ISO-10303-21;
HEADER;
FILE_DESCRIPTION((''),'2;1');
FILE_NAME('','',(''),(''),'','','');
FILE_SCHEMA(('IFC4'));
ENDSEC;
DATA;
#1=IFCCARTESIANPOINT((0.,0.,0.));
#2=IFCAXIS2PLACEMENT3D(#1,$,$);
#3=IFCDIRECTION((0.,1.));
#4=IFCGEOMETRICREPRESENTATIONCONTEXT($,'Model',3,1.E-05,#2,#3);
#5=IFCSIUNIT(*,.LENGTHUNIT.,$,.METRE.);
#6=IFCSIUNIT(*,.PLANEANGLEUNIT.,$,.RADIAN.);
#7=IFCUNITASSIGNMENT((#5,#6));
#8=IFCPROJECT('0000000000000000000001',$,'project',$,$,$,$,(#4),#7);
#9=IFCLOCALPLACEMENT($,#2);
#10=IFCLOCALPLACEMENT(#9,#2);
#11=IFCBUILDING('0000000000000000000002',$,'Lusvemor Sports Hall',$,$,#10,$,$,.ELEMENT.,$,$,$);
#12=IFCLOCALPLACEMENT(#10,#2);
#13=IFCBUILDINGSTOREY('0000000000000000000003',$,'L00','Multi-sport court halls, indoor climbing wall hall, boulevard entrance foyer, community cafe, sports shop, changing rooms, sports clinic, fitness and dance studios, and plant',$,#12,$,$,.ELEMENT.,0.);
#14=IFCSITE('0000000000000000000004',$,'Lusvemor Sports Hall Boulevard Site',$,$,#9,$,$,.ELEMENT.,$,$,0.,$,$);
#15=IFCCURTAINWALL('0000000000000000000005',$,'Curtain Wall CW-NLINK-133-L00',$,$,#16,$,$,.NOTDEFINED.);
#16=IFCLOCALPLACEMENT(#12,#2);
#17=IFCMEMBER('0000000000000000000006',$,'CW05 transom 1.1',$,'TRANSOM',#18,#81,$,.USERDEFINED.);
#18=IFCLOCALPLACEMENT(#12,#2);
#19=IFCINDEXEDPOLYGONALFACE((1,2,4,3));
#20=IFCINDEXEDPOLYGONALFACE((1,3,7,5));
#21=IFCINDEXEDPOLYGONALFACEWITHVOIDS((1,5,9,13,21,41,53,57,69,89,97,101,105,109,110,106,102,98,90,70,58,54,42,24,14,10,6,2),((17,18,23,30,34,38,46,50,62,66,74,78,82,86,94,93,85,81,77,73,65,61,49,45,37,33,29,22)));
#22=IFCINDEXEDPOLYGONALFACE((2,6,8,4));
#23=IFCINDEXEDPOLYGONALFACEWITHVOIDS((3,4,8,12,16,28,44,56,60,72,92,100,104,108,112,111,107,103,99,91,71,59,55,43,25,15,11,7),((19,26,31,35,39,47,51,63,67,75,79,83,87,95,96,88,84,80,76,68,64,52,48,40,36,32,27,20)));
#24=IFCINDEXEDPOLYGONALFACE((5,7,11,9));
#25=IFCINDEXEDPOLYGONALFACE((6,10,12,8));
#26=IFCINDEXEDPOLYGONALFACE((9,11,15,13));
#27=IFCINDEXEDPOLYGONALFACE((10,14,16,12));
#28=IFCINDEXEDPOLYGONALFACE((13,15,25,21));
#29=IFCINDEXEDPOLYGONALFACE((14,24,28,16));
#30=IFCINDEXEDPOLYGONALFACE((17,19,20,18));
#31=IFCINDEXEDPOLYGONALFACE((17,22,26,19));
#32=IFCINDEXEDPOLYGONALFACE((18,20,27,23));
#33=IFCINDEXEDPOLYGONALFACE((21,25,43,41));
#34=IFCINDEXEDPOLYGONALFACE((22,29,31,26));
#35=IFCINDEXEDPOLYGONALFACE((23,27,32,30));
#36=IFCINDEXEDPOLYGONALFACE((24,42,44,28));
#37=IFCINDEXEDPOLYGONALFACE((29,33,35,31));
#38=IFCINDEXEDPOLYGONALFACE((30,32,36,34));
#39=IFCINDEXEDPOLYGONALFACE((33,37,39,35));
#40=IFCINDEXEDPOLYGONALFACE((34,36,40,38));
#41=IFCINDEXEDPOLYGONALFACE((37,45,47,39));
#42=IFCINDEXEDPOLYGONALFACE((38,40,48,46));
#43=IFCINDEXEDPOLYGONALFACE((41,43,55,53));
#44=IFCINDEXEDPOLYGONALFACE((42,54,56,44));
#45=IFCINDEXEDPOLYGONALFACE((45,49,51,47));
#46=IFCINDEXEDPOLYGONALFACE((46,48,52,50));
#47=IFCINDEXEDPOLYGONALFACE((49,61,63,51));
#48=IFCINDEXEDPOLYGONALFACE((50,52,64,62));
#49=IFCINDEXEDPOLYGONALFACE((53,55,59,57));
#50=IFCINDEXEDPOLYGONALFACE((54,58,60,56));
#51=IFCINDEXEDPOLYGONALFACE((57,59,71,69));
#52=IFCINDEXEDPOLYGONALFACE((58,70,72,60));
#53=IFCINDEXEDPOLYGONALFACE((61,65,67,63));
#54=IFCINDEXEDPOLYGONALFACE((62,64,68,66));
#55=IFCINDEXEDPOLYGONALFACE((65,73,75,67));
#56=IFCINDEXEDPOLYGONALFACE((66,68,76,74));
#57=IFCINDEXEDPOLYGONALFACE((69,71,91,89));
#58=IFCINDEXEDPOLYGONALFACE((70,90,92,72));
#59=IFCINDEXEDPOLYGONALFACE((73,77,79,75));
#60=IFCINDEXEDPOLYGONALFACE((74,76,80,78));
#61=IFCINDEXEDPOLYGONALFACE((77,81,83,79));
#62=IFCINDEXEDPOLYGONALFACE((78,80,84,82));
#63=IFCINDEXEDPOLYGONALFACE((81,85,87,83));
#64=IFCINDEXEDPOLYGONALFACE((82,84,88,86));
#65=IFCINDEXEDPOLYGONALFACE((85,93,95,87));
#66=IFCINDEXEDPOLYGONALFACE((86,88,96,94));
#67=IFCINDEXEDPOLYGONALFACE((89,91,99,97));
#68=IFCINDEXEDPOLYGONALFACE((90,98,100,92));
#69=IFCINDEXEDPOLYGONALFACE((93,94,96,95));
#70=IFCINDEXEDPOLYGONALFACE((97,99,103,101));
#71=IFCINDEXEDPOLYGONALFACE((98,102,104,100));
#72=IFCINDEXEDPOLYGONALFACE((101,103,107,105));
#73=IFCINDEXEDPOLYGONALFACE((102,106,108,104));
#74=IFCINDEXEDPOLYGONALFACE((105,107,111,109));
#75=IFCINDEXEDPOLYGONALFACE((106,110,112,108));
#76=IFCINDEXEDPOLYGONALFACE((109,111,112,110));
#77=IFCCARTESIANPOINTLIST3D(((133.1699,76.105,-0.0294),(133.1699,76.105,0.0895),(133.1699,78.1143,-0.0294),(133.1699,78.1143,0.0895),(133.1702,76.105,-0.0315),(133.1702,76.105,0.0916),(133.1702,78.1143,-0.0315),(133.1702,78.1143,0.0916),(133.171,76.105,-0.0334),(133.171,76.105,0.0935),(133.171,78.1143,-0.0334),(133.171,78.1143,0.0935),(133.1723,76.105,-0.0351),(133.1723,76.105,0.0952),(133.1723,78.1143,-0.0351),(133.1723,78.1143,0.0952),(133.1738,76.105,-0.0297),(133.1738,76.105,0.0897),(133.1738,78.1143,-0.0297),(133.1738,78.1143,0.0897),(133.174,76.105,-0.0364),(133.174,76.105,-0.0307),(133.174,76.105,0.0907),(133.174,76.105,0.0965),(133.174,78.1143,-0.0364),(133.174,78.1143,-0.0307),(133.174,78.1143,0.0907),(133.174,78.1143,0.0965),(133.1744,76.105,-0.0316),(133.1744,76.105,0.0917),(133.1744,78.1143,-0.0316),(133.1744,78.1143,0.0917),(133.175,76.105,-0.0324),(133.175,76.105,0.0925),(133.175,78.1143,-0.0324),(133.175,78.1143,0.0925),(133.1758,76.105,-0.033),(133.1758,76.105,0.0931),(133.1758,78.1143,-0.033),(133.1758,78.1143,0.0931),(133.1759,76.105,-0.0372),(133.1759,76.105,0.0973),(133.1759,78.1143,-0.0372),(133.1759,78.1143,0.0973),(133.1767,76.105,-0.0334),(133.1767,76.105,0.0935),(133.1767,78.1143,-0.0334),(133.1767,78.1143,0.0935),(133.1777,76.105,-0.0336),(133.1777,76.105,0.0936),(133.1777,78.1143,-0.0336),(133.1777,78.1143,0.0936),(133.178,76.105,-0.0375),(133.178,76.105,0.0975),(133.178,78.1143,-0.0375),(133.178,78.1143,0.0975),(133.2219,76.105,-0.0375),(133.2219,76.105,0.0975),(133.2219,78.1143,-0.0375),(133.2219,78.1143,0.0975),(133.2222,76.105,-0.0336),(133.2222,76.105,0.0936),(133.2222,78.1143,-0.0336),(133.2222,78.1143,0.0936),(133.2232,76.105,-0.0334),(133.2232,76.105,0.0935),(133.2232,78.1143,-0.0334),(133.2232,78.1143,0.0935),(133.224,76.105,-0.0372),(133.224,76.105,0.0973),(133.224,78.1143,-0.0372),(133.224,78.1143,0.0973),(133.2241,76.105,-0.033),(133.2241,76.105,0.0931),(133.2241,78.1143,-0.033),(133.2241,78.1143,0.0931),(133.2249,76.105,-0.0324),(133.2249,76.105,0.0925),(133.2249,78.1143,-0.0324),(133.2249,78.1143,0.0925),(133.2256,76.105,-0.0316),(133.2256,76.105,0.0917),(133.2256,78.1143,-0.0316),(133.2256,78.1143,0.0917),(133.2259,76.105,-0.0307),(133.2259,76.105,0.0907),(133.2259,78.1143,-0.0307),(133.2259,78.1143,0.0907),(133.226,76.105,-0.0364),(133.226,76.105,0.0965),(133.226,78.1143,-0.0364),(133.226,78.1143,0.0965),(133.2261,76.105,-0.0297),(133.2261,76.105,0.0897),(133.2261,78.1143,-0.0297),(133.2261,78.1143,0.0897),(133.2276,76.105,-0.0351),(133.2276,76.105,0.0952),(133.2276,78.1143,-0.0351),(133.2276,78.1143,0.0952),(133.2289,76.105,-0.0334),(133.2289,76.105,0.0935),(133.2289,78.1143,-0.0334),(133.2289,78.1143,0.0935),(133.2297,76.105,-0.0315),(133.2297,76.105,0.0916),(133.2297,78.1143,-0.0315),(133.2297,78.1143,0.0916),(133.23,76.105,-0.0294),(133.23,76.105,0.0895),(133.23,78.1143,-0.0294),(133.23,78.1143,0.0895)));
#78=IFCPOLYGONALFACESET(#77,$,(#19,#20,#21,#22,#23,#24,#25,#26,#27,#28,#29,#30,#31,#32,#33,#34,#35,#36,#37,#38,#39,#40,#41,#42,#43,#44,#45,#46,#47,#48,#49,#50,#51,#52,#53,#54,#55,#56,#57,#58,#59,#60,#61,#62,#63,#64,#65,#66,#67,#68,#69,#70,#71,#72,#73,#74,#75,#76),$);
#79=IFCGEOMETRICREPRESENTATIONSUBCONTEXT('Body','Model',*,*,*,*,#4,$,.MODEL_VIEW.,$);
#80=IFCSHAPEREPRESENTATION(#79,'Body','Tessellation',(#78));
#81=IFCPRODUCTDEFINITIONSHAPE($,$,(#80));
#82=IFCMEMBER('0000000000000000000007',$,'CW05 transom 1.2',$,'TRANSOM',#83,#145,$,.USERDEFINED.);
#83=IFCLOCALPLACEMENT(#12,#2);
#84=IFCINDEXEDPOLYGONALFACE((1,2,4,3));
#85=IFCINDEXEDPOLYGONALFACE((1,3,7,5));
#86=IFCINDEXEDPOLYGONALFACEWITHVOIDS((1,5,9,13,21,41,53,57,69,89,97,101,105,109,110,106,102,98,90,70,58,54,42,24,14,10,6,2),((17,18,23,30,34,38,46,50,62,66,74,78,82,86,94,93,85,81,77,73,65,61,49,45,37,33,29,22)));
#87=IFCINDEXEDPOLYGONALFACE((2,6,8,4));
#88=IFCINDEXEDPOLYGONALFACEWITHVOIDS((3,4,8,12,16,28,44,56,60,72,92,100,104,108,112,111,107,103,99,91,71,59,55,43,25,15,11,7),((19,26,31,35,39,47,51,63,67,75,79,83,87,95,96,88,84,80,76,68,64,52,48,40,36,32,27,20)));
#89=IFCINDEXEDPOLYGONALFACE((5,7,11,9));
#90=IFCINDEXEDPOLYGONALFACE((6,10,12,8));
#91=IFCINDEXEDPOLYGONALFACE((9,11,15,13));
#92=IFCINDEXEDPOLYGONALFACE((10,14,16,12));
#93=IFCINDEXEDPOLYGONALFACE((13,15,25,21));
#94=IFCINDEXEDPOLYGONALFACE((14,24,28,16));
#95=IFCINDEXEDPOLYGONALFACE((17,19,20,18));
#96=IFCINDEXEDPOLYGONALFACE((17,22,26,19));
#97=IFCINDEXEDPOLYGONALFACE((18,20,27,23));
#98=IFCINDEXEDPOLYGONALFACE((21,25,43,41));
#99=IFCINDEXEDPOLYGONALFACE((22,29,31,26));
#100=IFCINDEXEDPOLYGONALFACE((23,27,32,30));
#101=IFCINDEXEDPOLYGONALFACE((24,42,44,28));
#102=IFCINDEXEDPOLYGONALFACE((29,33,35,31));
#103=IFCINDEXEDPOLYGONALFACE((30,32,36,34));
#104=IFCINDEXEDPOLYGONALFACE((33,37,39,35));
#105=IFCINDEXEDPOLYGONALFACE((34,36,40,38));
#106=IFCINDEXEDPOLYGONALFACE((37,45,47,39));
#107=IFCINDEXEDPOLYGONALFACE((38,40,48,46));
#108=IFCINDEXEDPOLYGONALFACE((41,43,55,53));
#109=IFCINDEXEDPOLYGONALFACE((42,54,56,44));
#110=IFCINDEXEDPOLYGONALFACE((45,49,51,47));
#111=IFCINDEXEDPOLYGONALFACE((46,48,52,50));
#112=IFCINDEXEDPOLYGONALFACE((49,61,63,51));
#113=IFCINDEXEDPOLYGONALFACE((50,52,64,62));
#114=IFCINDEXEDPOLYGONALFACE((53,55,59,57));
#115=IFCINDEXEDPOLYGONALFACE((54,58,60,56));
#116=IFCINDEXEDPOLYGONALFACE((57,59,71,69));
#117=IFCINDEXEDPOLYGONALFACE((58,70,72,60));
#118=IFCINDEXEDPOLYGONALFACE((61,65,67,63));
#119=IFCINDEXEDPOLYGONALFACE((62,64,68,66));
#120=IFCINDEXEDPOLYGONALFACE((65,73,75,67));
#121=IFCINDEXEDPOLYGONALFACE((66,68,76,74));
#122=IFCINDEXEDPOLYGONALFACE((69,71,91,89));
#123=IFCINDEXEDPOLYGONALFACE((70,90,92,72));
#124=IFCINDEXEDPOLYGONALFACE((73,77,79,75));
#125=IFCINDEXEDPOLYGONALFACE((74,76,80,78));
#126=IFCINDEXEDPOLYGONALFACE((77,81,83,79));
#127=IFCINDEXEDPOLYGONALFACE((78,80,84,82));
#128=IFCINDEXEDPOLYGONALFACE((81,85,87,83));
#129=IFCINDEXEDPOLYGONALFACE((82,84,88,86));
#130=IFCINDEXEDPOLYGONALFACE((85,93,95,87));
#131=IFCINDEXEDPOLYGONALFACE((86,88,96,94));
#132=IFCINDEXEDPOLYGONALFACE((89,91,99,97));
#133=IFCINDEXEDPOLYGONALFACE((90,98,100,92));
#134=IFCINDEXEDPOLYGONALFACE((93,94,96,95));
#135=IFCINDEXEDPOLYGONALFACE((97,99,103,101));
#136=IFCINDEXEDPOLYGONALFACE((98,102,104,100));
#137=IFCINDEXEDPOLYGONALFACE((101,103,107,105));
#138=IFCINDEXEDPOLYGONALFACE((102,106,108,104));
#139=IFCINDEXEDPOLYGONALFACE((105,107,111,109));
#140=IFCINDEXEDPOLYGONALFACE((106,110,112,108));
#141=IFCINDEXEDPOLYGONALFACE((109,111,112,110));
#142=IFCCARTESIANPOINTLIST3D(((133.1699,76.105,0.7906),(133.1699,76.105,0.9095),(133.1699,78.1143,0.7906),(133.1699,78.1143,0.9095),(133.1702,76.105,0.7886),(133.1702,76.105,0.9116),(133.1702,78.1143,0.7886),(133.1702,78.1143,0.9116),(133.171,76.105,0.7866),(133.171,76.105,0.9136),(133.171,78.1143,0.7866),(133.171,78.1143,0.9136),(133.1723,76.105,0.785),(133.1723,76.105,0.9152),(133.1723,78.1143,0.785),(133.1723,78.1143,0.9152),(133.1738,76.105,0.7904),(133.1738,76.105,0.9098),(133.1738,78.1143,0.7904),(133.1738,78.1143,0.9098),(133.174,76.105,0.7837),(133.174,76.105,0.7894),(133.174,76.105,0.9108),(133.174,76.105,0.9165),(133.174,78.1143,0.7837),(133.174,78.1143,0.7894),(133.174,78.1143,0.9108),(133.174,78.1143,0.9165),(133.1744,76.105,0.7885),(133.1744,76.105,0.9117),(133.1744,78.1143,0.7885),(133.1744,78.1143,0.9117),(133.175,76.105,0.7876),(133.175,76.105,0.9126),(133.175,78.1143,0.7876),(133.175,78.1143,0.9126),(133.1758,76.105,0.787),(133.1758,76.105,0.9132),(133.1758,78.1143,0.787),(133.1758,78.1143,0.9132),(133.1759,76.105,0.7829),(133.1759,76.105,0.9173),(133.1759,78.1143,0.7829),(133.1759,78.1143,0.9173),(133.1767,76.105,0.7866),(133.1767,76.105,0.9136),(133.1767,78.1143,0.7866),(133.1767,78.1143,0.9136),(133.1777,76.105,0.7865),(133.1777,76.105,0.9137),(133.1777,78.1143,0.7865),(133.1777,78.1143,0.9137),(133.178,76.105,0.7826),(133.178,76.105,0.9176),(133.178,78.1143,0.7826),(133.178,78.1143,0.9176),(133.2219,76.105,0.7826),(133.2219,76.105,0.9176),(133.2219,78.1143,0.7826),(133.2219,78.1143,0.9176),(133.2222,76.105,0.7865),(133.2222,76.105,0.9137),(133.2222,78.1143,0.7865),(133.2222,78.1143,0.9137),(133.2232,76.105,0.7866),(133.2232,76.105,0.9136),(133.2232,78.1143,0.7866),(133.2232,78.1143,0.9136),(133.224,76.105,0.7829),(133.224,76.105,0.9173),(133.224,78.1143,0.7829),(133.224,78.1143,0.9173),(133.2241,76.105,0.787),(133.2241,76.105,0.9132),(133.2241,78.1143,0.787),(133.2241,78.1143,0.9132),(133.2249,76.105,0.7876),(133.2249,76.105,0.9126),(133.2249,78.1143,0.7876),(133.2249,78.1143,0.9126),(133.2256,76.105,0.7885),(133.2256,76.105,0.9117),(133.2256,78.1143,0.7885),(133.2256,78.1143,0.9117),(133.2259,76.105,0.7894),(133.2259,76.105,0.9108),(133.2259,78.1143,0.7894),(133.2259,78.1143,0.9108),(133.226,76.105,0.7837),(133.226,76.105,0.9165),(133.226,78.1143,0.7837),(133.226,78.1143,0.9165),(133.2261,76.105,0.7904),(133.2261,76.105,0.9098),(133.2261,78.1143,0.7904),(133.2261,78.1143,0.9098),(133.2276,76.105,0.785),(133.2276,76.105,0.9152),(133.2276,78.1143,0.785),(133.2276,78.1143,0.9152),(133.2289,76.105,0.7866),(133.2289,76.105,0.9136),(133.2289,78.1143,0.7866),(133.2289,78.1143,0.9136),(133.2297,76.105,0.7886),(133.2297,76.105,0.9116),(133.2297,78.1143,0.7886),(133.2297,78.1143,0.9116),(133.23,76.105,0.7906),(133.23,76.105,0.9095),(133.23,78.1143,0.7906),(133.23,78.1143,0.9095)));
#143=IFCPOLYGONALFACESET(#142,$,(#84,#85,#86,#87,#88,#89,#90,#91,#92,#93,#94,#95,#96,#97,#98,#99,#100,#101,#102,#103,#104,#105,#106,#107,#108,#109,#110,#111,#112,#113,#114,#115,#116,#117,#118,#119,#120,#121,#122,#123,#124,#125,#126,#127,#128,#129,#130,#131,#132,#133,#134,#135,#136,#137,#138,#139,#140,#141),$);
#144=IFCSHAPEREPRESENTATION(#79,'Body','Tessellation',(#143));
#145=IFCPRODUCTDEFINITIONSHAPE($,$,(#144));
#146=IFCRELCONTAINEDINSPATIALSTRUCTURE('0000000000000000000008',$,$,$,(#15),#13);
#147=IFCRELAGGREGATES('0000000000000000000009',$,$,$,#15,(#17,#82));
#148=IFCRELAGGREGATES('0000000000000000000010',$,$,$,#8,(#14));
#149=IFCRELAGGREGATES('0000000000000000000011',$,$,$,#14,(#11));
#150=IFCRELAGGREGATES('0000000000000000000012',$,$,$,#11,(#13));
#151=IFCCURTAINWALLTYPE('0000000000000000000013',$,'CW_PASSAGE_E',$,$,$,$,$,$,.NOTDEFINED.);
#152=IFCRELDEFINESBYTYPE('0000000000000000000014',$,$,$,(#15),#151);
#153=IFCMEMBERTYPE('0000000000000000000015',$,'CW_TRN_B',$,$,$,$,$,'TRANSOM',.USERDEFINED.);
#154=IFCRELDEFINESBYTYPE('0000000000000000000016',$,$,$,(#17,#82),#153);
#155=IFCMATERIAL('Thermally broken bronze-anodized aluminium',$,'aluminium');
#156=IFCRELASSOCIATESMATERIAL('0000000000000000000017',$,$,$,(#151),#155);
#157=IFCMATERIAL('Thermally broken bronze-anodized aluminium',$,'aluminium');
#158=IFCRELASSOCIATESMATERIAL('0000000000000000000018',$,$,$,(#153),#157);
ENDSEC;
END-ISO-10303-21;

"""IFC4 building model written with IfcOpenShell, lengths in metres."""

from ifc_helpers import new_model, si_unit, direction, frame, origin, origin_2d, place, context, subcontext, project, spatial, hollow_rectangle, extrude, material, material_profile, profile_set, type_object, element, aggregate, save


model = new_model("IFC4")

# Units and contexts
model_context = context("Model", 3, precision=1e-05, world=origin(), true_north=direction((0.0, 1.0)))
body_context = subcontext(model_context, "Body", "Model", "MODEL_VIEW")
ifc_project = project(units=[si_unit("LENGTHUNIT", "METRE"), si_unit("PLANEANGLEUNIT", "RADIAN")], contexts=[model_context])

# Site, building, storey
site_placement = place(None, origin())
site = spatial("IfcSite", under=ifc_project, at=site_placement, Name="Lusvemor Sports Hall Boulevard Site", CompositionType="ELEMENT", RefElevation=0.0)
building_placement = place(site_placement, origin())
building = spatial("IfcBuilding", under=site, at=building_placement, Name="Lusvemor Sports Hall", CompositionType="ELEMENT")
storey_placement = place(building_placement, origin())
storey = spatial("IfcBuildingStorey", under=building, at=storey_placement, Name="L00", Description="Multi-sport court halls, indoor climbing wall hall, boulevard entrance foyer, community cafe, sports shop, changing rooms, sports clinic, fitness and dance studios, and plant", CompositionType="ELEMENT", Elevation=0.0)

# Curtain wall, members
ifc_material_1 = material(Name="Thermally broken bronze-anodized aluminium", Category="aluminium")
curtain_wall_type_1 = type_object("IfcCurtainWallType", Name="CW_PASSAGE_E", PredefinedType="NOTDEFINED", material=ifc_material_1)
curtain_wall_1_placement = place(storey_placement, origin())
curtain_wall_1 = element("IfcCurtainWall", 1, at=curtain_wall_1_placement, inside=storey, type_object=curtain_wall_type_1, Name="Curtain Wall CW-NLINK-133-L00", PredefinedType="NOTDEFINED")
ifc_material_2 = material(Name="Thermally broken bronze-anodized aluminium", Category="aluminium")
ifc_material_profile_1 = material_profile(ifc_material_2, hollow_rectangle(XDim=0.0601, YDim=0.135, WallThickness=0.0039, InnerFilletRadius=0.0039, OuterFilletRadius=0.0081, at=origin_2d()), Name="CWTRN135x60x4")
ifc_profile_set_1 = profile_set([ifc_material_profile_1], Name="Thermally broken bronze-anodized aluminium")
member_type_1 = type_object("IfcMemberType", Name="CW_TRN_B", ElementType="TRANSOM", PredefinedType="USERDEFINED", material=ifc_profile_set_1)
member_1_placement = place(storey_placement, frame((133.2, 76.105, 0.03), z_axis=(0.0, 1.0, 0.0), x_axis=(-1.0, 0.0, 0.0)))
member_1 = element("IfcMember", 2, at=member_1_placement, type_object=member_type_1, Name="CW05 transom 1.1", ObjectType="TRANSOM", PredefinedType="USERDEFINED", context=body_context, shape_type="SweptSolid", body=[
    extrude(hollow_rectangle(XDim=0.0601, YDim=0.135, WallThickness=0.0039, InnerFilletRadius=0.0039, OuterFilletRadius=0.0081, at=origin_2d()), origin(), (0.0, 0.0, 1.0), 2.0093),
])
member_2_placement = place(storey_placement, frame((133.2, 76.105, 0.8501), z_axis=(0.0, 1.0, 0.0), x_axis=(-1.0, 0.0, 0.0)))
member_2 = element("IfcMember", 3, at=member_2_placement, type_object=member_type_1, Name="CW05 transom 1.2", ObjectType="TRANSOM", PredefinedType="USERDEFINED", context=body_context, shape_type="SweptSolid", body=[
    extrude(hollow_rectangle(XDim=0.0601, YDim=0.135, WallThickness=0.0039, InnerFilletRadius=0.0039, OuterFilletRadius=0.0081, at=origin_2d()), origin(), (0.0, 0.0, 1.0), 2.0093),
])

aggregate(curtain_wall_1, [member_1, member_2])

save(model, "model.ifc")
